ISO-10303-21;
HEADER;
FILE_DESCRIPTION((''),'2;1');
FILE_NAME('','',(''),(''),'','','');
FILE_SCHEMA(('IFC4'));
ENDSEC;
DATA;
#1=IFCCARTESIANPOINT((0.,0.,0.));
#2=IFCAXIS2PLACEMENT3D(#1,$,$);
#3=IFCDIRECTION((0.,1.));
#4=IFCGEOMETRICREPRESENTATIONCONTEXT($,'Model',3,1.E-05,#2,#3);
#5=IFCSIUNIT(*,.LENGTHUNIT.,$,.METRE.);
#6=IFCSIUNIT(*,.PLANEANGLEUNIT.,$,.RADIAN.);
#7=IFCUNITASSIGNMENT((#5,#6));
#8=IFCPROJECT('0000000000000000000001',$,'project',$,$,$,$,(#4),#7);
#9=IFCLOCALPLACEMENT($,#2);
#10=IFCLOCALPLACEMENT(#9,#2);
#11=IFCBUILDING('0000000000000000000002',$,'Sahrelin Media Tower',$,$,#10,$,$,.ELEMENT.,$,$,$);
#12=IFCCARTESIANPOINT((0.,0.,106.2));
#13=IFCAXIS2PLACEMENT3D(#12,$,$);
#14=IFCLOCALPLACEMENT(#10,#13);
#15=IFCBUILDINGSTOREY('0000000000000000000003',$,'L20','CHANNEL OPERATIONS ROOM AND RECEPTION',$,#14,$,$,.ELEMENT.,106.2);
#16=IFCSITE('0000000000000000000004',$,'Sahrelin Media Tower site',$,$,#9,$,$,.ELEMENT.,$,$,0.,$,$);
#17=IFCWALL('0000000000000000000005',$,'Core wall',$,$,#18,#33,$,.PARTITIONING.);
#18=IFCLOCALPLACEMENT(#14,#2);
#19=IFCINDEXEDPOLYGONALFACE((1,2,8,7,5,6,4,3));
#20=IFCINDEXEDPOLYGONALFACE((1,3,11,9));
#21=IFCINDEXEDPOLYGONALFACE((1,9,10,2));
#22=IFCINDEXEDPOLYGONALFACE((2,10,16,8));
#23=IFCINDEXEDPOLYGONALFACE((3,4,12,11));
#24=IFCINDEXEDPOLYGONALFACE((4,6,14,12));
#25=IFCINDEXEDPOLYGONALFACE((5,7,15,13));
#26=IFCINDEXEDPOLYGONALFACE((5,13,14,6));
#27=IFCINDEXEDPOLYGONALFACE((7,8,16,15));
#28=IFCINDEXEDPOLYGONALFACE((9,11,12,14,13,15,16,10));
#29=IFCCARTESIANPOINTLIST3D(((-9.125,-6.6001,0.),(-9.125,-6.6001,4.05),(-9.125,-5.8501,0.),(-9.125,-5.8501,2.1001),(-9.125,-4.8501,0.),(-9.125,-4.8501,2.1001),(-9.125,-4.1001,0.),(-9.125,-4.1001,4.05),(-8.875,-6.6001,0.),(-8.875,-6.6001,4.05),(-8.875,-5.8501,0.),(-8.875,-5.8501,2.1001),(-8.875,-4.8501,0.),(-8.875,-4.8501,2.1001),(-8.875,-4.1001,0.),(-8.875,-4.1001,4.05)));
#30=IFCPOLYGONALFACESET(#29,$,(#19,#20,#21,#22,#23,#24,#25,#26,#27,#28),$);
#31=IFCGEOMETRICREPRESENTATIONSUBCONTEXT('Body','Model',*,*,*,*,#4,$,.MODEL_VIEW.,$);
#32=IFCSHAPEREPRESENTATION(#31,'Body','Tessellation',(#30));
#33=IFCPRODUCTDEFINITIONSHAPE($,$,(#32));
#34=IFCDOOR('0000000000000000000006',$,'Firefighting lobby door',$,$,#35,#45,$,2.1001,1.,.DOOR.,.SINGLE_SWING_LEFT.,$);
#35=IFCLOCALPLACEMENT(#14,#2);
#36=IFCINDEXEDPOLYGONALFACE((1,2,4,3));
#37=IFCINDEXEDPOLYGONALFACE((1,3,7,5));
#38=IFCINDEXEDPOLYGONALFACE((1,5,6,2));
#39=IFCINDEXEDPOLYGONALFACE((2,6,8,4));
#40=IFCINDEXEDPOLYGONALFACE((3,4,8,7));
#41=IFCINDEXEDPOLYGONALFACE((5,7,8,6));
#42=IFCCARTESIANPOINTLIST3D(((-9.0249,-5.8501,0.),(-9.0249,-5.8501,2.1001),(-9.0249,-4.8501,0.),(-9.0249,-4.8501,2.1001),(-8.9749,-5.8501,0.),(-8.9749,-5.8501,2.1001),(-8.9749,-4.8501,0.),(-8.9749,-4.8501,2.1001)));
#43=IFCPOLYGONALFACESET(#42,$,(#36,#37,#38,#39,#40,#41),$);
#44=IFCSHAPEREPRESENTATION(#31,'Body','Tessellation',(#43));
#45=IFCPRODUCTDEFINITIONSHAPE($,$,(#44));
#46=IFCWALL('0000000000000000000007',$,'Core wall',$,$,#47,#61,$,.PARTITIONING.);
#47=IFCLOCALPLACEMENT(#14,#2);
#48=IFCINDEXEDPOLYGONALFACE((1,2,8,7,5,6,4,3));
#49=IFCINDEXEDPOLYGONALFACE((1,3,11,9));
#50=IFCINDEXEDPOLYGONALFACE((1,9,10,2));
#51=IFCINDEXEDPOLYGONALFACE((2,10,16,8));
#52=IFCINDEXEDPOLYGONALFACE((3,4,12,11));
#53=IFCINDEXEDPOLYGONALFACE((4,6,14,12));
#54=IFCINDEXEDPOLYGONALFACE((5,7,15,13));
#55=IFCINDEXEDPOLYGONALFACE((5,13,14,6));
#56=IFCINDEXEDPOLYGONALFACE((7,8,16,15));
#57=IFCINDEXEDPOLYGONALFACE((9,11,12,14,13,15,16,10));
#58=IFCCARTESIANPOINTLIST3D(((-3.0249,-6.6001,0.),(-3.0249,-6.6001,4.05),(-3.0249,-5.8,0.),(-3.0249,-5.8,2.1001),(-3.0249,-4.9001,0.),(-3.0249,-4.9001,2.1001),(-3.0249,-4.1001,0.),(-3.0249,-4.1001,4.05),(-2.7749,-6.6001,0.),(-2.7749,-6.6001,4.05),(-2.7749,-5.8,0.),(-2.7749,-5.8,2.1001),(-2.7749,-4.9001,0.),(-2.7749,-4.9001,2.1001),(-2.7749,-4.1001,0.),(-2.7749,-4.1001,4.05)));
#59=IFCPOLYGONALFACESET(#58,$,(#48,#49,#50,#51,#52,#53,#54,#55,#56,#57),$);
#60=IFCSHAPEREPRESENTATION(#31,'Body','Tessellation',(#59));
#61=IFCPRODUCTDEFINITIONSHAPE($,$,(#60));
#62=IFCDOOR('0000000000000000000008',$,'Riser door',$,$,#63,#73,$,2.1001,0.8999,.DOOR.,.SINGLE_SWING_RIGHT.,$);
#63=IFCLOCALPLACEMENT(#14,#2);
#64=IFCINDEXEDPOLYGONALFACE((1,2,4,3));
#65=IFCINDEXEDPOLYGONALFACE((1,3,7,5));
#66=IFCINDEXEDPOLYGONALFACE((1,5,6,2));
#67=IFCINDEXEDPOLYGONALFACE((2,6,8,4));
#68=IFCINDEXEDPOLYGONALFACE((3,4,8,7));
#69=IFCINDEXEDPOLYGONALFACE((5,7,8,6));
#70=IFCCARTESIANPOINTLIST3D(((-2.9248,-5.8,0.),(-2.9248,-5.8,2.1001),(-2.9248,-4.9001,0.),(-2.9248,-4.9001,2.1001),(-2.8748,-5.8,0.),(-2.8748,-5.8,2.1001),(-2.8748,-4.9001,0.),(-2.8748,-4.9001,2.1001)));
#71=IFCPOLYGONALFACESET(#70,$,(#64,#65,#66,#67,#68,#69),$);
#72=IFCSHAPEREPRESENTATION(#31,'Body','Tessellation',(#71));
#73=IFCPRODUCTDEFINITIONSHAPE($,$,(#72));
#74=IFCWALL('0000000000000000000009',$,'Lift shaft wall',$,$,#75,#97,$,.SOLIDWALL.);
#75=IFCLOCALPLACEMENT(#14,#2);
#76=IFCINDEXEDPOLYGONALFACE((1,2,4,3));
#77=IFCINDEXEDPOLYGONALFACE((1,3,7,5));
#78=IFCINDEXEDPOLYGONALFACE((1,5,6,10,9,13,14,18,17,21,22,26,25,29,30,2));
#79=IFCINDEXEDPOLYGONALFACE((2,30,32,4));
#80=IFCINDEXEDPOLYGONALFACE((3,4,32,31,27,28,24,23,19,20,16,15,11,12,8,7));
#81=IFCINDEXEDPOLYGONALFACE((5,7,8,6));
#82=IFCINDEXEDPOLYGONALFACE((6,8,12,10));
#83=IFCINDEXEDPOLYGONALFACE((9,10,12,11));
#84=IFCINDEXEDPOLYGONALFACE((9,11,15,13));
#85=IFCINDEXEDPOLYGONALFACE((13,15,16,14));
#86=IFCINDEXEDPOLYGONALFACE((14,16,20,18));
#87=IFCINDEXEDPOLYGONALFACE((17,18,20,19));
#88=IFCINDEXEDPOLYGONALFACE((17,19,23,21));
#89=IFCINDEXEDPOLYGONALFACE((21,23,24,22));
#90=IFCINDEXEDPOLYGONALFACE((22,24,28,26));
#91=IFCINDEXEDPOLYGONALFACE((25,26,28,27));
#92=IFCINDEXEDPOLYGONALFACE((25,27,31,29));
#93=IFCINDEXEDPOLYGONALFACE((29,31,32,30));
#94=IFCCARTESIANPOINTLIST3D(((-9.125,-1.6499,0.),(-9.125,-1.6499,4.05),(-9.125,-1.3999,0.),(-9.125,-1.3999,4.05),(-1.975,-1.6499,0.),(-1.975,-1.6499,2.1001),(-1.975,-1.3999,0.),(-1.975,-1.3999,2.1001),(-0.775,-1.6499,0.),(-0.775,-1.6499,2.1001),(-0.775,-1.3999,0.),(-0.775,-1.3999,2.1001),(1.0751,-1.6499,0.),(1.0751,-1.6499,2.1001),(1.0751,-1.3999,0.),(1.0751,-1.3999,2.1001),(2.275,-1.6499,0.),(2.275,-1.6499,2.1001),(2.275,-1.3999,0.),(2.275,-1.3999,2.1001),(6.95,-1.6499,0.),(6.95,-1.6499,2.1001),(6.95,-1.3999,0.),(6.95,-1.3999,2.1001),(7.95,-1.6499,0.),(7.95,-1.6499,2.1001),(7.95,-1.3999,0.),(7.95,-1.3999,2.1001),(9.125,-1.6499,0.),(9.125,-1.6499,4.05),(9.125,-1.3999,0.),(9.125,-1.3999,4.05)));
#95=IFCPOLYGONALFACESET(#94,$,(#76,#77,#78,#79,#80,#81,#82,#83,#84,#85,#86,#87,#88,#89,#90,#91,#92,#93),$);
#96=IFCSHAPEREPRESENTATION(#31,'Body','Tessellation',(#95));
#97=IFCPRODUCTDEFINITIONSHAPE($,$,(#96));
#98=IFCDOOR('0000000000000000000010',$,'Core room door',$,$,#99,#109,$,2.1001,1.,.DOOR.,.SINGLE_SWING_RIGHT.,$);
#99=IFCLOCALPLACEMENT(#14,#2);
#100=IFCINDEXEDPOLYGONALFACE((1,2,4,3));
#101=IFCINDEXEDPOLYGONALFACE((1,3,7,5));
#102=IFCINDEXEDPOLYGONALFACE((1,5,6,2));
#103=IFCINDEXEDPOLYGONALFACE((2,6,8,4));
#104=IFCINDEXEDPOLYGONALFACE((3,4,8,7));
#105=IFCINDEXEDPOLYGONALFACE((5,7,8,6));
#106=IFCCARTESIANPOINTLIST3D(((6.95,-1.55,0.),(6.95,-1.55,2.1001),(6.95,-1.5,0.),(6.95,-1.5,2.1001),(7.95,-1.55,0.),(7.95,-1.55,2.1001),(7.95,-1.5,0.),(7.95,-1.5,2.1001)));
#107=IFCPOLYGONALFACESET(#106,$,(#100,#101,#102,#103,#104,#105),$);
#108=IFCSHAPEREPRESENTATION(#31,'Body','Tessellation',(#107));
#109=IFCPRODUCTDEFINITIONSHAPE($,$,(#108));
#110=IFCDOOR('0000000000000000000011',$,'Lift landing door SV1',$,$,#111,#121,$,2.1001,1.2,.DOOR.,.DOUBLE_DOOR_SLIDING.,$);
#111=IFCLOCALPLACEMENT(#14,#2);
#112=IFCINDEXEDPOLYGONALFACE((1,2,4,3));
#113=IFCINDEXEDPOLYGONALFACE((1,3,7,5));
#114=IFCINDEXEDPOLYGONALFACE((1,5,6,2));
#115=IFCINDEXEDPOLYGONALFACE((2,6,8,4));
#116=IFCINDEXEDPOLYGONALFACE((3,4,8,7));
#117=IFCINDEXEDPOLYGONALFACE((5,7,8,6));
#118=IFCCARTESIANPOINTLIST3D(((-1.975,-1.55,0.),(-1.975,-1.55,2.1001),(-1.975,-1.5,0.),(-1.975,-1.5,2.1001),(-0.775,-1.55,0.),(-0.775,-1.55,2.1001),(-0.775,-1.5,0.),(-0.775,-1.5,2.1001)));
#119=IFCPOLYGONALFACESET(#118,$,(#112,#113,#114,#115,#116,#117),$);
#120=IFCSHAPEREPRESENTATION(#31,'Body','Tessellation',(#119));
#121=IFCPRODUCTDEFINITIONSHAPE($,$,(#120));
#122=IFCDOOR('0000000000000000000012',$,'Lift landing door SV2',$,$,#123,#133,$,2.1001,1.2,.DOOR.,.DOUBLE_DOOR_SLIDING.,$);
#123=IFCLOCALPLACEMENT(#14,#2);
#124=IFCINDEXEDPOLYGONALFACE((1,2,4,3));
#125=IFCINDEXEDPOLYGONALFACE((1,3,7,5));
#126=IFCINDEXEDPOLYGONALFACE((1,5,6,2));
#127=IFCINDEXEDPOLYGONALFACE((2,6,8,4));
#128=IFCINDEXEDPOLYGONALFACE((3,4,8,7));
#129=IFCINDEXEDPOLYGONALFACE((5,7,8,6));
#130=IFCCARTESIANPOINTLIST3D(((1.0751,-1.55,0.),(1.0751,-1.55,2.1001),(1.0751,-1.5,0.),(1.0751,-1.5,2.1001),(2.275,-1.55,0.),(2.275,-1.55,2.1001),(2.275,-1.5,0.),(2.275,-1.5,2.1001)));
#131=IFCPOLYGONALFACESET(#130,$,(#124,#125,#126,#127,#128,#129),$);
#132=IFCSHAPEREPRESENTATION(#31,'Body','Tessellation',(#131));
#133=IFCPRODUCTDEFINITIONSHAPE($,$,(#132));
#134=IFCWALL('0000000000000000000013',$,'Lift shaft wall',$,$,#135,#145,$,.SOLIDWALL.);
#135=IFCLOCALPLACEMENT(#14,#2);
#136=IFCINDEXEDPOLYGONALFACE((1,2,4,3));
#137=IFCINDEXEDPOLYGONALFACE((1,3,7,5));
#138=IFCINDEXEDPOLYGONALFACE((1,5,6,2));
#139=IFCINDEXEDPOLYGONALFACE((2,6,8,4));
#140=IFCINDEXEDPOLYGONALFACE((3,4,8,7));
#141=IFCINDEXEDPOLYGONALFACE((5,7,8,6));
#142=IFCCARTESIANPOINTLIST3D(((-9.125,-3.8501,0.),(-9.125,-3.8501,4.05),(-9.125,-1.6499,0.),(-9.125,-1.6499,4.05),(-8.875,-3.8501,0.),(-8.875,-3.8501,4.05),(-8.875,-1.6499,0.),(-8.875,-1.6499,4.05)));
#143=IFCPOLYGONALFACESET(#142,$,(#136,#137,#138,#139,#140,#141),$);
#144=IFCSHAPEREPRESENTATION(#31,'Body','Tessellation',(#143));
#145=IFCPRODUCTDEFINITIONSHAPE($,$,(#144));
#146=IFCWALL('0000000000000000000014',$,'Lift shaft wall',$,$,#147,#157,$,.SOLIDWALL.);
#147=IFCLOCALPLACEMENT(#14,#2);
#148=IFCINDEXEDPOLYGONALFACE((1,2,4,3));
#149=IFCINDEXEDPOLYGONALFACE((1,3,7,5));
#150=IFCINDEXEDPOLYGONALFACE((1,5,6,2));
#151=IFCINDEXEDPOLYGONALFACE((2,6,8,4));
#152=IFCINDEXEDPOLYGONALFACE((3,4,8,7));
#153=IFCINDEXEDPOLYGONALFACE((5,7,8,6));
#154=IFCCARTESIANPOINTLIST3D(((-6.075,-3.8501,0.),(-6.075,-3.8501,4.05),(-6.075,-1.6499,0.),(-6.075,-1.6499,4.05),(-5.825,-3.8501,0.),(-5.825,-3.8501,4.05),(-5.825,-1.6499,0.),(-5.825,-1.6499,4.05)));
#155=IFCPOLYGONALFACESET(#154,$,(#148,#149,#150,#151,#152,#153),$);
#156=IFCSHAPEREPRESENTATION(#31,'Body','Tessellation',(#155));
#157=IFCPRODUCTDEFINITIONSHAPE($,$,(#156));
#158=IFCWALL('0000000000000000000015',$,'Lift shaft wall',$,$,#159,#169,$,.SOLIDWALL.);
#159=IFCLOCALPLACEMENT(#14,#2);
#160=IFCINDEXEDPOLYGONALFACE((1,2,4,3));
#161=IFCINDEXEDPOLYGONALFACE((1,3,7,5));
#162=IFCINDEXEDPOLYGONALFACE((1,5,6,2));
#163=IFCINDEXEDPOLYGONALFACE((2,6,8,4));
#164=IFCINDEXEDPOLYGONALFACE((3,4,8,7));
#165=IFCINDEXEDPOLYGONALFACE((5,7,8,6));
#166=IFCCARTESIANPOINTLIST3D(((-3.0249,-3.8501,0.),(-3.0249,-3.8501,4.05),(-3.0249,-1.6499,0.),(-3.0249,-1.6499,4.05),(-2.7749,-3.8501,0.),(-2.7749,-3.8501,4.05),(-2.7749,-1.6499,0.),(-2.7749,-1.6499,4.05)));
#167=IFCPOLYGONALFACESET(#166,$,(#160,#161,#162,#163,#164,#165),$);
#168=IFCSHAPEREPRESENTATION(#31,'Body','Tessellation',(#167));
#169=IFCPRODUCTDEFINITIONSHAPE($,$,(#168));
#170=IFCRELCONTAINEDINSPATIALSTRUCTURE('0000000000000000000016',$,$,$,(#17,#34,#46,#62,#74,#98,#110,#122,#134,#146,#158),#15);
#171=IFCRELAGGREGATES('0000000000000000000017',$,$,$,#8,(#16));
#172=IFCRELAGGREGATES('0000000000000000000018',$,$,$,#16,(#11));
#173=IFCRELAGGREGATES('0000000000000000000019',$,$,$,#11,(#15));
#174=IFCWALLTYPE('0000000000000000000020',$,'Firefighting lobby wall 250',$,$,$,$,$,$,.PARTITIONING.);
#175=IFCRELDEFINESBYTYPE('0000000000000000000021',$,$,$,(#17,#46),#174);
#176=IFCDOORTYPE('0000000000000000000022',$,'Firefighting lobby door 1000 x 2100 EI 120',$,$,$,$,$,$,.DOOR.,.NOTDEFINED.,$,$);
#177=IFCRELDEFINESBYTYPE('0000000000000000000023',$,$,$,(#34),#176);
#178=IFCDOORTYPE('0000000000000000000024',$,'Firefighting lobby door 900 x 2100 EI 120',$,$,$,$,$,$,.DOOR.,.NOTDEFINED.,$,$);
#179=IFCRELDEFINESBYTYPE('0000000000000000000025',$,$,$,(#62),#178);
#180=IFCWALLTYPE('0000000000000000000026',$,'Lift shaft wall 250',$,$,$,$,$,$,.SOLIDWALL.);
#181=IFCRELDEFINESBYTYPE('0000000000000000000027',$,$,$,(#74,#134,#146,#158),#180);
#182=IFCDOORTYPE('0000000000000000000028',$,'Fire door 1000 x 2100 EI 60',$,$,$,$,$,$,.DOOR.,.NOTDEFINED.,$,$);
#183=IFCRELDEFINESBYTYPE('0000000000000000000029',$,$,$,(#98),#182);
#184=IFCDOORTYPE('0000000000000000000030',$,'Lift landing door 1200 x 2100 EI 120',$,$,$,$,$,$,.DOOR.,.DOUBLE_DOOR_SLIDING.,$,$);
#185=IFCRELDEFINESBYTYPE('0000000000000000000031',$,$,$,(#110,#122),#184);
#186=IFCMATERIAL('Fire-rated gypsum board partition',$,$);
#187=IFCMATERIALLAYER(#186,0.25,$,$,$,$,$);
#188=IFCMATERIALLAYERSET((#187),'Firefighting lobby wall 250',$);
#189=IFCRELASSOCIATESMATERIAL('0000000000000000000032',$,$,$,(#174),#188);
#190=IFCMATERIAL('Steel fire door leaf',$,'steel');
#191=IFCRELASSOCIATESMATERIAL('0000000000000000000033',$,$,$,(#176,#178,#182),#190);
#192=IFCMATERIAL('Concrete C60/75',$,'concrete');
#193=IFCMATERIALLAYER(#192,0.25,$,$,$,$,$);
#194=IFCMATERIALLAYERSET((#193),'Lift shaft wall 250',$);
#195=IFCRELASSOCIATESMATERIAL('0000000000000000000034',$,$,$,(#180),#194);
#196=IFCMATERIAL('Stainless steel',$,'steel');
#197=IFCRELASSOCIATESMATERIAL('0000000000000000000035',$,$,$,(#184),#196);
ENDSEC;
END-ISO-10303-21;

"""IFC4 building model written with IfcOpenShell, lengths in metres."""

from ifc_helpers import new_model, si_unit, direction, frame, frame_2d, origin, place, context, subcontext, project, spatial, rectangle, extrude, material, layer, layer_set, type_object, element, fill, save


model = new_model("IFC4")

# Units and contexts
model_context = context("Model", 3, precision=1e-05, world=origin(), true_north=direction((0.0, 1.0)))
body_context = subcontext(model_context, "Body", "Model", "MODEL_VIEW")
ifc_project = project(units=[si_unit("LENGTHUNIT", "METRE"), si_unit("PLANEANGLEUNIT", "RADIAN")], contexts=[model_context])

# Site, building, storey
site_placement = place(None, origin())
site = spatial("IfcSite", under=ifc_project, at=site_placement, Name="Sahrelin Media Tower site", CompositionType="ELEMENT", RefElevation=0.0)
building_placement = place(site_placement, origin())
building = spatial("IfcBuilding", under=site, at=building_placement, Name="Sahrelin Media Tower", CompositionType="ELEMENT")
storey_placement = place(building_placement, frame((0.0, 0.0, 106.2)))
storey = spatial("IfcBuildingStorey", under=building, at=storey_placement, Name="L20", Description="CHANNEL OPERATIONS ROOM AND RECEPTION", CompositionType="ELEMENT", Elevation=106.2)

# Shared definitions
ifc_material_1 = material(Name="Concrete C60/75", Category="concrete")

# Walls, openings, doors
ifc_material_2 = material(Name="Fire-rated gypsum board partition")
ifc_material_3 = material(Name="Steel fire door leaf", Category="steel")
ifc_layer_1 = layer(ifc_material_2, 0.25)
ifc_layer_set_1 = layer_set([ifc_layer_1], Name="Firefighting lobby wall 250")
wall_type_1 = type_object("IfcWallType", Name="Firefighting lobby wall 250", PredefinedType="PARTITIONING", material=ifc_layer_set_1)
wall_1_placement = place(storey_placement, frame((-9.0, -6.6001, 0.0), z_axis=(0.0, 0.0, 1.0), x_axis=(0.0, 1.0, 0.0)))
wall_1 = element("IfcWall", 1, at=wall_1_placement, inside=storey, type_object=wall_type_1, Name="Core wall", PredefinedType="PARTITIONING", context=body_context, shape_type="SweptSolid", body=[
    extrude(rectangle(XDim=2.5, YDim=0.25, at=frame_2d((1.25, 0.0))), origin(), (0.0, 0.0, 1.0), 4.05),
])
opening_1_placement = place(wall_1_placement, frame((0.75, 0.0, 0.0)))
opening_1 = element("IfcOpeningElement", 2, at=opening_1_placement, cuts=wall_1, PredefinedType="OPENING", context=body_context, shape_type="SweptSolid", body=[
    extrude(rectangle(XDim=1.0, YDim=2.1001, at=frame_2d((0.5, 1.05))), frame((0.0, 0.125, 0.0), z_axis=(0.0, -1.0, 0.0), x_axis=(1.0, 0.0, 0.0)), (0.0, 0.0, 1.0), 0.25),
])
door_type_1 = type_object("IfcDoorType", Name="Firefighting lobby door 1000 x 2100 EI 120", OperationType="NOTDEFINED", PredefinedType="DOOR", material=ifc_material_3)
door_1_placement = place(opening_1_placement, origin())
door_1 = element("IfcDoor", 3, at=door_1_placement, inside=storey, type_object=door_type_1, Name="Firefighting lobby door", OperationType="SINGLE_SWING_LEFT", OverallHeight=2.1001, OverallWidth=1.0, PredefinedType="DOOR", context=body_context, shape_type="SweptSolid", body=[
    extrude(rectangle(XDim=1.0, YDim=2.1001, at=frame_2d((0.5, 1.05))), frame((0.0, 0.0249, 0.0), z_axis=(0.0, -1.0, 0.0), x_axis=(1.0, 0.0, 0.0)), (0.0, 0.0, 1.0), 0.05),
])
fill(opening_1, door_1)
wall_2_placement = place(storey_placement, frame((-2.8999, -6.6001, 0.0), z_axis=(0.0, 0.0, 1.0), x_axis=(0.0, 1.0, 0.0)))
wall_2 = element("IfcWall", 4, at=wall_2_placement, inside=storey, type_object=wall_type_1, Name="Core wall", PredefinedType="PARTITIONING", context=body_context, shape_type="SweptSolid", body=[
    extrude(rectangle(XDim=2.5, YDim=0.25, at=frame_2d((1.25, 0.0))), origin(), (0.0, 0.0, 1.0), 4.05),
])
opening_2_placement = place(wall_2_placement, frame((0.8, 0.0, 0.0)))
opening_2 = element("IfcOpeningElement", 5, at=opening_2_placement, cuts=wall_2, PredefinedType="OPENING", context=body_context, shape_type="SweptSolid", body=[
    extrude(rectangle(XDim=0.8999, YDim=2.1001, at=frame_2d((0.45, 1.05))), frame((0.0, 0.125, 0.0), z_axis=(0.0, -1.0, 0.0), x_axis=(1.0, 0.0, 0.0)), (0.0, 0.0, 1.0), 0.25),
])
door_type_2 = type_object("IfcDoorType", Name="Firefighting lobby door 900 x 2100 EI 120", OperationType="NOTDEFINED", PredefinedType="DOOR", material=ifc_material_3)
door_2_placement = place(opening_2_placement, origin())
door_2 = element("IfcDoor", 6, at=door_2_placement, inside=storey, type_object=door_type_2, Name="Riser door", OperationType="SINGLE_SWING_RIGHT", OverallHeight=2.1001, OverallWidth=0.8999, PredefinedType="DOOR", context=body_context, shape_type="SweptSolid", body=[
    extrude(rectangle(XDim=0.8999, YDim=2.1001, at=frame_2d((0.45, 1.05))), frame((0.0, 0.0249, 0.0), z_axis=(0.0, -1.0, 0.0), x_axis=(1.0, 0.0, 0.0)), (0.0, 0.0, 1.0), 0.05),
])
fill(opening_2, door_2)

# Wall, openings, doors
ifc_layer_2 = layer(ifc_material_1, 0.25)
ifc_layer_set_2 = layer_set([ifc_layer_2], Name="Lift shaft wall 250")
wall_type_2 = type_object("IfcWallType", Name="Lift shaft wall 250", PredefinedType="SOLIDWALL", material=ifc_layer_set_2)
wall_3_placement = place(storey_placement, frame((-9.125, -1.5249, 0.0), z_axis=(0.0, 0.0, 1.0), x_axis=(1.0, 0.0, 0.0)))
wall_3 = element("IfcWall", 7, at=wall_3_placement, inside=storey, type_object=wall_type_2, Name="Lift shaft wall", PredefinedType="SOLIDWALL", context=body_context, shape_type="SweptSolid", body=[
    extrude(rectangle(XDim=18.25, YDim=0.25, at=frame_2d((9.125, 0.0))), origin(), (0.0, 0.0, 1.0), 4.05),
])
opening_3_placement = place(wall_3_placement, frame((7.1499, 0.0, 0.0)))
opening_3 = element("IfcOpeningElement", 8, at=opening_3_placement, cuts=wall_3, PredefinedType="OPENING", context=body_context, shape_type="SweptSolid", body=[
    extrude(rectangle(XDim=1.2, YDim=2.1001, at=frame_2d((0.6001, 1.05))), frame((0.0, 0.125, 0.0), z_axis=(0.0, -1.0, 0.0), x_axis=(1.0, 0.0, 0.0)), (0.0, 0.0, 1.0), 0.25),
])
opening_4_placement = place(wall_3_placement, frame((10.2, 0.0, 0.0)))
opening_4 = element("IfcOpeningElement", 9, at=opening_4_placement, cuts=wall_3, PredefinedType="OPENING", context=body_context, shape_type="SweptSolid", body=[
    extrude(rectangle(XDim=1.2, YDim=2.1001, at=frame_2d((0.6001, 1.05))), frame((0.0, 0.125, 0.0), z_axis=(0.0, -1.0, 0.0), x_axis=(1.0, 0.0, 0.0)), (0.0, 0.0, 1.0), 0.25),
])
opening_5_placement = place(wall_3_placement, frame((16.075, 0.0, 0.0)))
opening_5 = element("IfcOpeningElement", 10, at=opening_5_placement, cuts=wall_3, PredefinedType="OPENING", context=body_context, shape_type="SweptSolid", body=[
    extrude(rectangle(XDim=1.0, YDim=2.1001, at=frame_2d((0.5, 1.05))), frame((0.0, 0.125, 0.0), z_axis=(0.0, -1.0, 0.0), x_axis=(1.0, 0.0, 0.0)), (0.0, 0.0, 1.0), 0.25),
])
door_type_3 = type_object("IfcDoorType", Name="Fire door 1000 x 2100 EI 60", OperationType="NOTDEFINED", PredefinedType="DOOR", material=ifc_material_3)
door_3_placement = place(opening_5_placement, origin())
door_3 = element("IfcDoor", 11, at=door_3_placement, inside=storey, type_object=door_type_3, Name="Core room door", OperationType="SINGLE_SWING_RIGHT", OverallHeight=2.1001, OverallWidth=1.0, PredefinedType="DOOR", context=body_context, shape_type="SweptSolid", body=[
    extrude(rectangle(XDim=1.0, YDim=2.1001, at=frame_2d((0.5, 1.05))), frame((0.0, 0.0249, 0.0), z_axis=(0.0, -1.0, 0.0), x_axis=(1.0, 0.0, 0.0)), (0.0, 0.0, 1.0), 0.05),
])
fill(opening_5, door_3)
ifc_material_4 = material(Name="Stainless steel", Category="steel")
door_type_4 = type_object("IfcDoorType", Name="Lift landing door 1200 x 2100 EI 120", OperationType="DOUBLE_DOOR_SLIDING", PredefinedType="DOOR", material=ifc_material_4)
door_4_placement = place(opening_3_placement, origin())
door_4 = element("IfcDoor", 12, at=door_4_placement, inside=storey, type_object=door_type_4, Name="Lift landing door SV1", OperationType="DOUBLE_DOOR_SLIDING", OverallHeight=2.1001, OverallWidth=1.2, PredefinedType="DOOR", context=body_context, shape_type="SweptSolid", body=[
    extrude(rectangle(XDim=1.2, YDim=2.1001, at=frame_2d((0.6001, 1.05))), frame((0.0, 0.0249, 0.0), z_axis=(0.0, -1.0, 0.0), x_axis=(1.0, 0.0, 0.0)), (0.0, 0.0, 1.0), 0.05),
])
fill(opening_3, door_4)
door_5_placement = place(opening_4_placement, origin())
door_5 = element("IfcDoor", 13, at=door_5_placement, inside=storey, type_object=door_type_4, Name="Lift landing door SV2", OperationType="DOUBLE_DOOR_SLIDING", OverallHeight=2.1001, OverallWidth=1.2, PredefinedType="DOOR", context=body_context, shape_type="SweptSolid", body=[
    extrude(rectangle(XDim=1.2, YDim=2.1001, at=frame_2d((0.6001, 1.05))), frame((0.0, 0.0249, 0.0), z_axis=(0.0, -1.0, 0.0), x_axis=(1.0, 0.0, 0.0)), (0.0, 0.0, 1.0), 0.05),
])
fill(opening_4, door_5)

# Walls
for number, where, z_axis, x_axis, name in (
    (14, (-9.0, -3.8501, 0.0), (0.0, 0.0, 1.0), (0.0, 1.0, 0.0), "Lift shaft wall"),
    (15, (-5.95, -3.8501, 0.0), (0.0, 0.0, 1.0), (0.0, 1.0, 0.0), "Lift shaft wall"),
    (16, (-2.8999, -3.8501, 0.0), (0.0, 0.0, 1.0), (0.0, 1.0, 0.0), "Lift shaft wall"),
):
    element("IfcWall", number, at=place(storey_placement, frame(where, z_axis=z_axis, x_axis=x_axis)), inside=storey, type_object=wall_type_2, Name=name, PredefinedType="SOLIDWALL", context=body_context, shape_type="SweptSolid", body=[
        extrude(rectangle(XDim=2.2002, YDim=0.25, at=frame_2d((1.1001, 0.0))), origin(), (0.0, 0.0, 1.0), 4.05),
    ])

save(model, "model.ifc")
